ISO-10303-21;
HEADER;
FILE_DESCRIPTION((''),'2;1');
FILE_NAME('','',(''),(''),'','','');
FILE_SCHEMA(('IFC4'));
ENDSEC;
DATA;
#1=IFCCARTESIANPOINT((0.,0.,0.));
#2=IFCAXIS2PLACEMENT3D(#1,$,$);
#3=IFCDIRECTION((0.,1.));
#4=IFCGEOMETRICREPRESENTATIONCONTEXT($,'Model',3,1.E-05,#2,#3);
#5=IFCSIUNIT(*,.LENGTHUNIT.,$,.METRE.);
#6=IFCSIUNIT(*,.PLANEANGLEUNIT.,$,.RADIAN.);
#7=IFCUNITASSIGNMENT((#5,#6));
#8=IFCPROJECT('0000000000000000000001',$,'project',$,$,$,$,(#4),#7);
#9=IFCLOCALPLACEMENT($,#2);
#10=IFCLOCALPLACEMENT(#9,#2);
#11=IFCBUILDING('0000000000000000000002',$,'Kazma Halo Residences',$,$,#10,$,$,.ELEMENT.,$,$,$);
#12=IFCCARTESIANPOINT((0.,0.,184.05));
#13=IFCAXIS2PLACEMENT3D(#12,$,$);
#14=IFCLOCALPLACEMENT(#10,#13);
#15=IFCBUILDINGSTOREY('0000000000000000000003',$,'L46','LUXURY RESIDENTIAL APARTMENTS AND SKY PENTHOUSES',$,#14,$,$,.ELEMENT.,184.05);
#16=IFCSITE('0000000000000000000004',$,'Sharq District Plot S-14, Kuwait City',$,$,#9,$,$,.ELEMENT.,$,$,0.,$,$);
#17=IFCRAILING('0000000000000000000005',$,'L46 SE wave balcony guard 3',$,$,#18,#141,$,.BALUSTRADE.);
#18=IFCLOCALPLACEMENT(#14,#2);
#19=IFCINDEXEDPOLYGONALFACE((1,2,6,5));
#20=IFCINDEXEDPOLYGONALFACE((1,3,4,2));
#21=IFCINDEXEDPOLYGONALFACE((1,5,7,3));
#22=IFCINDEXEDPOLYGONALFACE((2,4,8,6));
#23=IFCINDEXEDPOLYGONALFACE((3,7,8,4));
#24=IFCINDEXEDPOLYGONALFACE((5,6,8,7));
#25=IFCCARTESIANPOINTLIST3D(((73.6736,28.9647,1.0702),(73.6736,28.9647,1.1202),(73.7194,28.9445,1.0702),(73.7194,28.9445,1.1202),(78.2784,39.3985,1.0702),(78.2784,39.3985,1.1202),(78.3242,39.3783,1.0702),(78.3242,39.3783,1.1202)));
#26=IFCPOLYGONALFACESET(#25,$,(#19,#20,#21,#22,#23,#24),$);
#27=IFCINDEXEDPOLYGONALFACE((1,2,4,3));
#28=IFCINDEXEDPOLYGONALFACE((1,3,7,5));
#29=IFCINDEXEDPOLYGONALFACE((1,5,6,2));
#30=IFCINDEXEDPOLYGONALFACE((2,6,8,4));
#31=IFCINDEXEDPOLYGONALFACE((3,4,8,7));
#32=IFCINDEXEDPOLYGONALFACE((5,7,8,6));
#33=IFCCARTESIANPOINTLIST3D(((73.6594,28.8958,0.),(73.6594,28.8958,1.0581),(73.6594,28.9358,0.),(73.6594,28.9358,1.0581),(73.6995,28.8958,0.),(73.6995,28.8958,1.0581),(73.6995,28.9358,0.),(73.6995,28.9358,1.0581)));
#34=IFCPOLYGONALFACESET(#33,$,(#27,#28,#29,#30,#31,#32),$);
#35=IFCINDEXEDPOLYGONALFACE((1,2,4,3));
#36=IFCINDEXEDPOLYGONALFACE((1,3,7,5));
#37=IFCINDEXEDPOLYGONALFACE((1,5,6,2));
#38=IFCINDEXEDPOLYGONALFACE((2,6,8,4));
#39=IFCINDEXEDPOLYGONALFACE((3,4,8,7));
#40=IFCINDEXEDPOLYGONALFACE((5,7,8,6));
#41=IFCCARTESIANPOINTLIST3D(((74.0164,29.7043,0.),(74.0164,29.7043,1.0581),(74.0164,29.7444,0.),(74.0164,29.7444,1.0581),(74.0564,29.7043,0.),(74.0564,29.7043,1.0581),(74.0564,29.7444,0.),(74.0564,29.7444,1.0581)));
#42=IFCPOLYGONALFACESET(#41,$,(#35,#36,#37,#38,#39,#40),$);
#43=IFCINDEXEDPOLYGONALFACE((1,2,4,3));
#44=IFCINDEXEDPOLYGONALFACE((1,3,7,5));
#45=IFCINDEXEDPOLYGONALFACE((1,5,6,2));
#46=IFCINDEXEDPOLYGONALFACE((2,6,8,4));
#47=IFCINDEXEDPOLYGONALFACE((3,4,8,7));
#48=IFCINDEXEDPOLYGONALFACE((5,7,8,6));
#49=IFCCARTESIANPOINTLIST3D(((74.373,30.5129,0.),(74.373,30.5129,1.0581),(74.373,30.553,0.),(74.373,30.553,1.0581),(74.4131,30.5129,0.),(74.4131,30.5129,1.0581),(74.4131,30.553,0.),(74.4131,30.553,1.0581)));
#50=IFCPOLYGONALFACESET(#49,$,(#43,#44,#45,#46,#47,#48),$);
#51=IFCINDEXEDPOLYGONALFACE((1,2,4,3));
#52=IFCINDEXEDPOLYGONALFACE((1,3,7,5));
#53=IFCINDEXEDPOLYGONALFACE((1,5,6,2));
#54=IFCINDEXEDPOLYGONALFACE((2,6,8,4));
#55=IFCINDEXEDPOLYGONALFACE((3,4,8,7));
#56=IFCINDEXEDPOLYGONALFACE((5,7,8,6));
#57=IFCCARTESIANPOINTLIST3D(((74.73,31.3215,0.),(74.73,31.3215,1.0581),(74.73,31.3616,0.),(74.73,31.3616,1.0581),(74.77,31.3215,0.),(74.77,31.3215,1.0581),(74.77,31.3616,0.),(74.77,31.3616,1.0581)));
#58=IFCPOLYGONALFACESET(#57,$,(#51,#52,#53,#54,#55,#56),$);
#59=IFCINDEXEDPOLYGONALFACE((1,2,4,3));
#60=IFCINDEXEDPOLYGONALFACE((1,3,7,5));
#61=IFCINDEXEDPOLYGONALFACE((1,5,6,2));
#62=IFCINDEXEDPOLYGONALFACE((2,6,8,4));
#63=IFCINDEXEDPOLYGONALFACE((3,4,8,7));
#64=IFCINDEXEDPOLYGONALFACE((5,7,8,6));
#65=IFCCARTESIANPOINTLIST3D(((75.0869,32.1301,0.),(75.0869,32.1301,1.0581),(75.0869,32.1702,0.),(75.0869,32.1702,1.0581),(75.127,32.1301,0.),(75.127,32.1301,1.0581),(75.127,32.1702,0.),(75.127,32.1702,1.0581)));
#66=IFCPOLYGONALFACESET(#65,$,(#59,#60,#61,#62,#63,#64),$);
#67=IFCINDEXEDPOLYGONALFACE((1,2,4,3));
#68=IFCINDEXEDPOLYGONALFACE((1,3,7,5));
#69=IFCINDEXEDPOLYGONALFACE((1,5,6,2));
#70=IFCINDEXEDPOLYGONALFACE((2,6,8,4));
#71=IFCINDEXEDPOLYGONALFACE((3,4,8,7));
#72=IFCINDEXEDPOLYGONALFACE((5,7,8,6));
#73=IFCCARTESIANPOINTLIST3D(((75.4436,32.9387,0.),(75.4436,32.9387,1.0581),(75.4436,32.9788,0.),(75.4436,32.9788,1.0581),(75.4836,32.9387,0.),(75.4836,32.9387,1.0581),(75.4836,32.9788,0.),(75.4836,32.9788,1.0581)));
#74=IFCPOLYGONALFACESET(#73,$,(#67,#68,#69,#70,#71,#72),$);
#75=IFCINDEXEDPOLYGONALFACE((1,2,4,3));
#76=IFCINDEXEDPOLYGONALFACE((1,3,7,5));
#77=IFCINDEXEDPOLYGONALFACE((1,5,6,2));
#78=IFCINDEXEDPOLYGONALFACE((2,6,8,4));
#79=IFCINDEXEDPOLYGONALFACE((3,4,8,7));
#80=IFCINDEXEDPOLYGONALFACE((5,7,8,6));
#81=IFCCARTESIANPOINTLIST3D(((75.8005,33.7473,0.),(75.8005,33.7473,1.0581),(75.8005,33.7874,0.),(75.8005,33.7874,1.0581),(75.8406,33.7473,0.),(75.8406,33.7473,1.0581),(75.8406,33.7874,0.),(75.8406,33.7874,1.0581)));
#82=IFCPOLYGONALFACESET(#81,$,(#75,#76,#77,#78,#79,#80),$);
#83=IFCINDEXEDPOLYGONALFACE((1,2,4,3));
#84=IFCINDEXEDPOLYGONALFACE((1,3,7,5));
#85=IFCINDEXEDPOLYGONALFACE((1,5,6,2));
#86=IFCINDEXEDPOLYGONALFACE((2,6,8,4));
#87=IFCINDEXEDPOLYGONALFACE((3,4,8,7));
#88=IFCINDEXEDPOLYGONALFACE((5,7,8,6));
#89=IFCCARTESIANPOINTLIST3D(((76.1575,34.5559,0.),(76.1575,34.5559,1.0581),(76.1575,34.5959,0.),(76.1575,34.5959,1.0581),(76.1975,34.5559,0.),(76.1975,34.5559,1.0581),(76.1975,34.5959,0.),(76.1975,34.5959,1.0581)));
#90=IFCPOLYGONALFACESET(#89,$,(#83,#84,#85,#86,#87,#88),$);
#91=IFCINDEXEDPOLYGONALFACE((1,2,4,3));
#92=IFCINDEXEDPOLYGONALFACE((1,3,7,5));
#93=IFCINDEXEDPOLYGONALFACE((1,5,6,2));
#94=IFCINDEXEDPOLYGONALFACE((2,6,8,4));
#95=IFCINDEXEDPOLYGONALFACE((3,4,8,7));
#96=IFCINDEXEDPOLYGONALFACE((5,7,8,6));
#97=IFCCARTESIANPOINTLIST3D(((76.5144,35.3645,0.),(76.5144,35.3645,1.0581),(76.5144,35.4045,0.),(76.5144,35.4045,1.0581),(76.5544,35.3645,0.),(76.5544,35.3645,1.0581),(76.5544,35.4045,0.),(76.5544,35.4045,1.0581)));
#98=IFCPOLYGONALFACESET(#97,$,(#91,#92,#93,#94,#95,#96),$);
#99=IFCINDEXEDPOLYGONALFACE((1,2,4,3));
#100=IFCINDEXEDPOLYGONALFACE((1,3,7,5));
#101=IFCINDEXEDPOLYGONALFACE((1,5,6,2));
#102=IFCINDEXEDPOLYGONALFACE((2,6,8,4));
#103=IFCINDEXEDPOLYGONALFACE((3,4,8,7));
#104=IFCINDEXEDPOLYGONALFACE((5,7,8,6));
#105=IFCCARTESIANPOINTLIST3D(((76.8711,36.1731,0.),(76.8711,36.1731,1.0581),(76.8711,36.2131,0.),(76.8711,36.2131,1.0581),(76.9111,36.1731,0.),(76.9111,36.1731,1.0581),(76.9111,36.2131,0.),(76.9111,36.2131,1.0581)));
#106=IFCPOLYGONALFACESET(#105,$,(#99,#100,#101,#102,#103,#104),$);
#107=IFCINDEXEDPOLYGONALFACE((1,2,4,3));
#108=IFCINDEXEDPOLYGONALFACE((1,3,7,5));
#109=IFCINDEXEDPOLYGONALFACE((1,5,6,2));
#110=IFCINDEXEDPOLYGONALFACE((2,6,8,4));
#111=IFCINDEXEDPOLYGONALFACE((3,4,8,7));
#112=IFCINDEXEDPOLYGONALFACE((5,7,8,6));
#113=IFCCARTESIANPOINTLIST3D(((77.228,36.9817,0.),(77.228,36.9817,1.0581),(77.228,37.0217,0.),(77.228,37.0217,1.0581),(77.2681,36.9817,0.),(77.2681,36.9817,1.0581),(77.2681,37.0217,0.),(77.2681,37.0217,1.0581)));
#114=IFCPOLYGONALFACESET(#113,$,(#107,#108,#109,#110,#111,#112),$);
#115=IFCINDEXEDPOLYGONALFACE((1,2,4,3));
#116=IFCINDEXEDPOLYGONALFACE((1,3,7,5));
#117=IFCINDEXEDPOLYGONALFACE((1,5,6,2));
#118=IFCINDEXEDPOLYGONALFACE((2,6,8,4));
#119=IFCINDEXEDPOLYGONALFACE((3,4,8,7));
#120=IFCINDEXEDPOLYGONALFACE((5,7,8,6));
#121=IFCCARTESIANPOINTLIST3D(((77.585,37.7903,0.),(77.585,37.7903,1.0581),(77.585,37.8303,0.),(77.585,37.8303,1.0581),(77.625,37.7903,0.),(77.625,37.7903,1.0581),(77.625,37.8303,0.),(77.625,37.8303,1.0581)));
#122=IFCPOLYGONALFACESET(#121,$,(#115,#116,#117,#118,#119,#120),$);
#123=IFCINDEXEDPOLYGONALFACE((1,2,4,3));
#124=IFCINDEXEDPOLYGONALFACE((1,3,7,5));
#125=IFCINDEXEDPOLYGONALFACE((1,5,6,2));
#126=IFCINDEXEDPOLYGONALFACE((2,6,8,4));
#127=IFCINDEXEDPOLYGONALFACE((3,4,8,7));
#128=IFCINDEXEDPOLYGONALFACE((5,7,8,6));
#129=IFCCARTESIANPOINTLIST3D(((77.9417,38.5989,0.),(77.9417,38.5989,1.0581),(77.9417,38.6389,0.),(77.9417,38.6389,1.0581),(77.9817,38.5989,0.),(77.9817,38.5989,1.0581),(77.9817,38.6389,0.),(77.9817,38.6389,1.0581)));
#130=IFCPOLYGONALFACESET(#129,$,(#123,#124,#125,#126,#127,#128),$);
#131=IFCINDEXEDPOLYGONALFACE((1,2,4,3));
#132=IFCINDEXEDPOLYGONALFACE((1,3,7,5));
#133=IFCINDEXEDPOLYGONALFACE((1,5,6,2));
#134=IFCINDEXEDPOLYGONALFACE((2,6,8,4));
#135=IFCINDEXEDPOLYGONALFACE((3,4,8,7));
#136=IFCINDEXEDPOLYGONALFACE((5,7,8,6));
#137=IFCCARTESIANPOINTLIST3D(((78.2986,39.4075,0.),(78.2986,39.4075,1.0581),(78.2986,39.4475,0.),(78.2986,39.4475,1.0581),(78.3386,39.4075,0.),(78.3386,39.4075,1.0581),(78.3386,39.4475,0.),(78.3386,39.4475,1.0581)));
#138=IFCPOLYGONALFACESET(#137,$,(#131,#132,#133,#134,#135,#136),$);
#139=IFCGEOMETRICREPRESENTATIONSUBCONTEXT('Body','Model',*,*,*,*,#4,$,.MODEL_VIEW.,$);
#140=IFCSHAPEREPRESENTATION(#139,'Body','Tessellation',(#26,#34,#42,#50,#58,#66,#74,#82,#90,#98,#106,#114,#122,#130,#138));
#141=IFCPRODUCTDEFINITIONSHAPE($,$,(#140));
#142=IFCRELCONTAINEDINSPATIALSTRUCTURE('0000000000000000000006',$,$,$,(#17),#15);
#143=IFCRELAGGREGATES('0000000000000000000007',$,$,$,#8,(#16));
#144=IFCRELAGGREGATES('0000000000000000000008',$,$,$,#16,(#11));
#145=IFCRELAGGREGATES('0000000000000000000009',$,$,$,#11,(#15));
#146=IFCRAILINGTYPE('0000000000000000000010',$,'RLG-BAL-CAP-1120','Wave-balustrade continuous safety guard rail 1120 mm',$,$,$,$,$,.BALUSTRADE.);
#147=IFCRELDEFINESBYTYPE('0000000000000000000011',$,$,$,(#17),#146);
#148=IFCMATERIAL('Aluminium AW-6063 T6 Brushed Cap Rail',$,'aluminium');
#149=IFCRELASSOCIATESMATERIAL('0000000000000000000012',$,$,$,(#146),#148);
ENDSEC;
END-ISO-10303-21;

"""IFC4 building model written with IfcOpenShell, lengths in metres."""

from ifc_helpers import new_model, si_unit, direction, frame, origin, origin_2d, place, context, subcontext, project, spatial, rectangle, extrude, material, type_object, element, save


model = new_model("IFC4")

# Units and contexts
model_context = context("Model", 3, precision=1e-05, world=origin(), true_north=direction((0.0, 1.0)))
body_context = subcontext(model_context, "Body", "Model", "MODEL_VIEW")
ifc_project = project(units=[si_unit("LENGTHUNIT", "METRE"), si_unit("PLANEANGLEUNIT", "RADIAN")], contexts=[model_context])

# Site, building, storey
site_placement = place(None, origin())
site = spatial("IfcSite", under=ifc_project, at=site_placement, Name="Sharq District Plot S-14, Kuwait City", CompositionType="ELEMENT", RefElevation=0.0)
building_placement = place(site_placement, origin())
building = spatial("IfcBuilding", under=site, at=building_placement, Name="Kazma Halo Residences", CompositionType="ELEMENT")
storey_placement = place(building_placement, frame((0.0, 0.0, 184.05)))
storey = spatial("IfcBuildingStorey", under=building, at=storey_placement, Name="L46", Description="LUXURY RESIDENTIAL APARTMENTS AND SKY PENTHOUSES", CompositionType="ELEMENT", Elevation=184.05)

# Railing
ifc_material_1 = material(Name="Aluminium AW-6063 T6 Brushed Cap Rail", Category="aluminium")
railing_type = type_object("IfcRailingType", Name="RLG-BAL-CAP-1120", Description="Wave-balustrade continuous safety guard rail 1120 mm", PredefinedType="BALUSTRADE", material=ifc_material_1)
railing_1_placement = place(storey_placement, frame((73.6794, 28.9158, 0.0)))
element("IfcRailing", 1, at=railing_1_placement, inside=storey, type_object=railing_type, Name="L46 SE wave balcony guard 3", PredefinedType="BALUSTRADE", context=body_context, shape_type="SweptSolid", body=[
    extrude(rectangle(XDim=0.05, YDim=0.05, at=origin_2d()), frame((0.0171, 0.0388, 1.0952), z_axis=(0.403759, 0.914865, 0.0), x_axis=(-0.914865, 0.403759, 0.0)), (0.0, 0.0, 1.0), 11.4048),
    extrude(rectangle(XDim=0.04, YDim=0.04, at=origin_2d()), origin(), (0.0, 0.0, 1.0), 1.0581),
    extrude(rectangle(XDim=0.04, YDim=0.04, at=origin_2d()), frame((0.3569, 0.8086, 0.0)), (0.0, 0.0, 1.0), 1.0581),
    extrude(rectangle(XDim=0.04, YDim=0.04, at=origin_2d()), frame((0.7136, 1.6172, 0.0)), (0.0, 0.0, 1.0), 1.0581),
    extrude(rectangle(XDim=0.04, YDim=0.04, at=origin_2d()), frame((1.0706, 2.4258, 0.0)), (0.0, 0.0, 1.0), 1.0581),
    extrude(rectangle(XDim=0.04, YDim=0.04, at=origin_2d()), frame((1.4275, 3.2344, 0.0)), (0.0, 0.0, 1.0), 1.0581),
    extrude(rectangle(XDim=0.04, YDim=0.04, at=origin_2d()), frame((1.7842, 4.043, 0.0)), (0.0, 0.0, 1.0), 1.0581),
    extrude(rectangle(XDim=0.04, YDim=0.04, at=origin_2d()), frame((2.1411, 4.8516, 0.0)), (0.0, 0.0, 1.0), 1.0581),
    extrude(rectangle(XDim=0.04, YDim=0.04, at=origin_2d()), frame((2.498, 5.6602, 0.0)), (0.0, 0.0, 1.0), 1.0581),
    extrude(rectangle(XDim=0.04, YDim=0.04, at=origin_2d()), frame((2.855, 6.4688, 0.0)), (0.0, 0.0, 1.0), 1.0581),
    extrude(rectangle(XDim=0.04, YDim=0.04, at=origin_2d()), frame((3.2117, 7.2773, 0.0)), (0.0, 0.0, 1.0), 1.0581),
    extrude(rectangle(XDim=0.04, YDim=0.04, at=origin_2d()), frame((3.5686, 8.0859, 0.0)), (0.0, 0.0, 1.0), 1.0581),
    extrude(rectangle(XDim=0.04, YDim=0.04, at=origin_2d()), frame((3.9255, 8.8945, 0.0)), (0.0, 0.0, 1.0), 1.0581),
    extrude(rectangle(XDim=0.04, YDim=0.04, at=origin_2d()), frame((4.2822, 9.7031, 0.0)), (0.0, 0.0, 1.0), 1.0581),
    extrude(rectangle(XDim=0.04, YDim=0.04, at=origin_2d()), frame((4.6392, 10.5117, 0.0)), (0.0, 0.0, 1.0), 1.0581),
])

save(model, "model.ifc")
